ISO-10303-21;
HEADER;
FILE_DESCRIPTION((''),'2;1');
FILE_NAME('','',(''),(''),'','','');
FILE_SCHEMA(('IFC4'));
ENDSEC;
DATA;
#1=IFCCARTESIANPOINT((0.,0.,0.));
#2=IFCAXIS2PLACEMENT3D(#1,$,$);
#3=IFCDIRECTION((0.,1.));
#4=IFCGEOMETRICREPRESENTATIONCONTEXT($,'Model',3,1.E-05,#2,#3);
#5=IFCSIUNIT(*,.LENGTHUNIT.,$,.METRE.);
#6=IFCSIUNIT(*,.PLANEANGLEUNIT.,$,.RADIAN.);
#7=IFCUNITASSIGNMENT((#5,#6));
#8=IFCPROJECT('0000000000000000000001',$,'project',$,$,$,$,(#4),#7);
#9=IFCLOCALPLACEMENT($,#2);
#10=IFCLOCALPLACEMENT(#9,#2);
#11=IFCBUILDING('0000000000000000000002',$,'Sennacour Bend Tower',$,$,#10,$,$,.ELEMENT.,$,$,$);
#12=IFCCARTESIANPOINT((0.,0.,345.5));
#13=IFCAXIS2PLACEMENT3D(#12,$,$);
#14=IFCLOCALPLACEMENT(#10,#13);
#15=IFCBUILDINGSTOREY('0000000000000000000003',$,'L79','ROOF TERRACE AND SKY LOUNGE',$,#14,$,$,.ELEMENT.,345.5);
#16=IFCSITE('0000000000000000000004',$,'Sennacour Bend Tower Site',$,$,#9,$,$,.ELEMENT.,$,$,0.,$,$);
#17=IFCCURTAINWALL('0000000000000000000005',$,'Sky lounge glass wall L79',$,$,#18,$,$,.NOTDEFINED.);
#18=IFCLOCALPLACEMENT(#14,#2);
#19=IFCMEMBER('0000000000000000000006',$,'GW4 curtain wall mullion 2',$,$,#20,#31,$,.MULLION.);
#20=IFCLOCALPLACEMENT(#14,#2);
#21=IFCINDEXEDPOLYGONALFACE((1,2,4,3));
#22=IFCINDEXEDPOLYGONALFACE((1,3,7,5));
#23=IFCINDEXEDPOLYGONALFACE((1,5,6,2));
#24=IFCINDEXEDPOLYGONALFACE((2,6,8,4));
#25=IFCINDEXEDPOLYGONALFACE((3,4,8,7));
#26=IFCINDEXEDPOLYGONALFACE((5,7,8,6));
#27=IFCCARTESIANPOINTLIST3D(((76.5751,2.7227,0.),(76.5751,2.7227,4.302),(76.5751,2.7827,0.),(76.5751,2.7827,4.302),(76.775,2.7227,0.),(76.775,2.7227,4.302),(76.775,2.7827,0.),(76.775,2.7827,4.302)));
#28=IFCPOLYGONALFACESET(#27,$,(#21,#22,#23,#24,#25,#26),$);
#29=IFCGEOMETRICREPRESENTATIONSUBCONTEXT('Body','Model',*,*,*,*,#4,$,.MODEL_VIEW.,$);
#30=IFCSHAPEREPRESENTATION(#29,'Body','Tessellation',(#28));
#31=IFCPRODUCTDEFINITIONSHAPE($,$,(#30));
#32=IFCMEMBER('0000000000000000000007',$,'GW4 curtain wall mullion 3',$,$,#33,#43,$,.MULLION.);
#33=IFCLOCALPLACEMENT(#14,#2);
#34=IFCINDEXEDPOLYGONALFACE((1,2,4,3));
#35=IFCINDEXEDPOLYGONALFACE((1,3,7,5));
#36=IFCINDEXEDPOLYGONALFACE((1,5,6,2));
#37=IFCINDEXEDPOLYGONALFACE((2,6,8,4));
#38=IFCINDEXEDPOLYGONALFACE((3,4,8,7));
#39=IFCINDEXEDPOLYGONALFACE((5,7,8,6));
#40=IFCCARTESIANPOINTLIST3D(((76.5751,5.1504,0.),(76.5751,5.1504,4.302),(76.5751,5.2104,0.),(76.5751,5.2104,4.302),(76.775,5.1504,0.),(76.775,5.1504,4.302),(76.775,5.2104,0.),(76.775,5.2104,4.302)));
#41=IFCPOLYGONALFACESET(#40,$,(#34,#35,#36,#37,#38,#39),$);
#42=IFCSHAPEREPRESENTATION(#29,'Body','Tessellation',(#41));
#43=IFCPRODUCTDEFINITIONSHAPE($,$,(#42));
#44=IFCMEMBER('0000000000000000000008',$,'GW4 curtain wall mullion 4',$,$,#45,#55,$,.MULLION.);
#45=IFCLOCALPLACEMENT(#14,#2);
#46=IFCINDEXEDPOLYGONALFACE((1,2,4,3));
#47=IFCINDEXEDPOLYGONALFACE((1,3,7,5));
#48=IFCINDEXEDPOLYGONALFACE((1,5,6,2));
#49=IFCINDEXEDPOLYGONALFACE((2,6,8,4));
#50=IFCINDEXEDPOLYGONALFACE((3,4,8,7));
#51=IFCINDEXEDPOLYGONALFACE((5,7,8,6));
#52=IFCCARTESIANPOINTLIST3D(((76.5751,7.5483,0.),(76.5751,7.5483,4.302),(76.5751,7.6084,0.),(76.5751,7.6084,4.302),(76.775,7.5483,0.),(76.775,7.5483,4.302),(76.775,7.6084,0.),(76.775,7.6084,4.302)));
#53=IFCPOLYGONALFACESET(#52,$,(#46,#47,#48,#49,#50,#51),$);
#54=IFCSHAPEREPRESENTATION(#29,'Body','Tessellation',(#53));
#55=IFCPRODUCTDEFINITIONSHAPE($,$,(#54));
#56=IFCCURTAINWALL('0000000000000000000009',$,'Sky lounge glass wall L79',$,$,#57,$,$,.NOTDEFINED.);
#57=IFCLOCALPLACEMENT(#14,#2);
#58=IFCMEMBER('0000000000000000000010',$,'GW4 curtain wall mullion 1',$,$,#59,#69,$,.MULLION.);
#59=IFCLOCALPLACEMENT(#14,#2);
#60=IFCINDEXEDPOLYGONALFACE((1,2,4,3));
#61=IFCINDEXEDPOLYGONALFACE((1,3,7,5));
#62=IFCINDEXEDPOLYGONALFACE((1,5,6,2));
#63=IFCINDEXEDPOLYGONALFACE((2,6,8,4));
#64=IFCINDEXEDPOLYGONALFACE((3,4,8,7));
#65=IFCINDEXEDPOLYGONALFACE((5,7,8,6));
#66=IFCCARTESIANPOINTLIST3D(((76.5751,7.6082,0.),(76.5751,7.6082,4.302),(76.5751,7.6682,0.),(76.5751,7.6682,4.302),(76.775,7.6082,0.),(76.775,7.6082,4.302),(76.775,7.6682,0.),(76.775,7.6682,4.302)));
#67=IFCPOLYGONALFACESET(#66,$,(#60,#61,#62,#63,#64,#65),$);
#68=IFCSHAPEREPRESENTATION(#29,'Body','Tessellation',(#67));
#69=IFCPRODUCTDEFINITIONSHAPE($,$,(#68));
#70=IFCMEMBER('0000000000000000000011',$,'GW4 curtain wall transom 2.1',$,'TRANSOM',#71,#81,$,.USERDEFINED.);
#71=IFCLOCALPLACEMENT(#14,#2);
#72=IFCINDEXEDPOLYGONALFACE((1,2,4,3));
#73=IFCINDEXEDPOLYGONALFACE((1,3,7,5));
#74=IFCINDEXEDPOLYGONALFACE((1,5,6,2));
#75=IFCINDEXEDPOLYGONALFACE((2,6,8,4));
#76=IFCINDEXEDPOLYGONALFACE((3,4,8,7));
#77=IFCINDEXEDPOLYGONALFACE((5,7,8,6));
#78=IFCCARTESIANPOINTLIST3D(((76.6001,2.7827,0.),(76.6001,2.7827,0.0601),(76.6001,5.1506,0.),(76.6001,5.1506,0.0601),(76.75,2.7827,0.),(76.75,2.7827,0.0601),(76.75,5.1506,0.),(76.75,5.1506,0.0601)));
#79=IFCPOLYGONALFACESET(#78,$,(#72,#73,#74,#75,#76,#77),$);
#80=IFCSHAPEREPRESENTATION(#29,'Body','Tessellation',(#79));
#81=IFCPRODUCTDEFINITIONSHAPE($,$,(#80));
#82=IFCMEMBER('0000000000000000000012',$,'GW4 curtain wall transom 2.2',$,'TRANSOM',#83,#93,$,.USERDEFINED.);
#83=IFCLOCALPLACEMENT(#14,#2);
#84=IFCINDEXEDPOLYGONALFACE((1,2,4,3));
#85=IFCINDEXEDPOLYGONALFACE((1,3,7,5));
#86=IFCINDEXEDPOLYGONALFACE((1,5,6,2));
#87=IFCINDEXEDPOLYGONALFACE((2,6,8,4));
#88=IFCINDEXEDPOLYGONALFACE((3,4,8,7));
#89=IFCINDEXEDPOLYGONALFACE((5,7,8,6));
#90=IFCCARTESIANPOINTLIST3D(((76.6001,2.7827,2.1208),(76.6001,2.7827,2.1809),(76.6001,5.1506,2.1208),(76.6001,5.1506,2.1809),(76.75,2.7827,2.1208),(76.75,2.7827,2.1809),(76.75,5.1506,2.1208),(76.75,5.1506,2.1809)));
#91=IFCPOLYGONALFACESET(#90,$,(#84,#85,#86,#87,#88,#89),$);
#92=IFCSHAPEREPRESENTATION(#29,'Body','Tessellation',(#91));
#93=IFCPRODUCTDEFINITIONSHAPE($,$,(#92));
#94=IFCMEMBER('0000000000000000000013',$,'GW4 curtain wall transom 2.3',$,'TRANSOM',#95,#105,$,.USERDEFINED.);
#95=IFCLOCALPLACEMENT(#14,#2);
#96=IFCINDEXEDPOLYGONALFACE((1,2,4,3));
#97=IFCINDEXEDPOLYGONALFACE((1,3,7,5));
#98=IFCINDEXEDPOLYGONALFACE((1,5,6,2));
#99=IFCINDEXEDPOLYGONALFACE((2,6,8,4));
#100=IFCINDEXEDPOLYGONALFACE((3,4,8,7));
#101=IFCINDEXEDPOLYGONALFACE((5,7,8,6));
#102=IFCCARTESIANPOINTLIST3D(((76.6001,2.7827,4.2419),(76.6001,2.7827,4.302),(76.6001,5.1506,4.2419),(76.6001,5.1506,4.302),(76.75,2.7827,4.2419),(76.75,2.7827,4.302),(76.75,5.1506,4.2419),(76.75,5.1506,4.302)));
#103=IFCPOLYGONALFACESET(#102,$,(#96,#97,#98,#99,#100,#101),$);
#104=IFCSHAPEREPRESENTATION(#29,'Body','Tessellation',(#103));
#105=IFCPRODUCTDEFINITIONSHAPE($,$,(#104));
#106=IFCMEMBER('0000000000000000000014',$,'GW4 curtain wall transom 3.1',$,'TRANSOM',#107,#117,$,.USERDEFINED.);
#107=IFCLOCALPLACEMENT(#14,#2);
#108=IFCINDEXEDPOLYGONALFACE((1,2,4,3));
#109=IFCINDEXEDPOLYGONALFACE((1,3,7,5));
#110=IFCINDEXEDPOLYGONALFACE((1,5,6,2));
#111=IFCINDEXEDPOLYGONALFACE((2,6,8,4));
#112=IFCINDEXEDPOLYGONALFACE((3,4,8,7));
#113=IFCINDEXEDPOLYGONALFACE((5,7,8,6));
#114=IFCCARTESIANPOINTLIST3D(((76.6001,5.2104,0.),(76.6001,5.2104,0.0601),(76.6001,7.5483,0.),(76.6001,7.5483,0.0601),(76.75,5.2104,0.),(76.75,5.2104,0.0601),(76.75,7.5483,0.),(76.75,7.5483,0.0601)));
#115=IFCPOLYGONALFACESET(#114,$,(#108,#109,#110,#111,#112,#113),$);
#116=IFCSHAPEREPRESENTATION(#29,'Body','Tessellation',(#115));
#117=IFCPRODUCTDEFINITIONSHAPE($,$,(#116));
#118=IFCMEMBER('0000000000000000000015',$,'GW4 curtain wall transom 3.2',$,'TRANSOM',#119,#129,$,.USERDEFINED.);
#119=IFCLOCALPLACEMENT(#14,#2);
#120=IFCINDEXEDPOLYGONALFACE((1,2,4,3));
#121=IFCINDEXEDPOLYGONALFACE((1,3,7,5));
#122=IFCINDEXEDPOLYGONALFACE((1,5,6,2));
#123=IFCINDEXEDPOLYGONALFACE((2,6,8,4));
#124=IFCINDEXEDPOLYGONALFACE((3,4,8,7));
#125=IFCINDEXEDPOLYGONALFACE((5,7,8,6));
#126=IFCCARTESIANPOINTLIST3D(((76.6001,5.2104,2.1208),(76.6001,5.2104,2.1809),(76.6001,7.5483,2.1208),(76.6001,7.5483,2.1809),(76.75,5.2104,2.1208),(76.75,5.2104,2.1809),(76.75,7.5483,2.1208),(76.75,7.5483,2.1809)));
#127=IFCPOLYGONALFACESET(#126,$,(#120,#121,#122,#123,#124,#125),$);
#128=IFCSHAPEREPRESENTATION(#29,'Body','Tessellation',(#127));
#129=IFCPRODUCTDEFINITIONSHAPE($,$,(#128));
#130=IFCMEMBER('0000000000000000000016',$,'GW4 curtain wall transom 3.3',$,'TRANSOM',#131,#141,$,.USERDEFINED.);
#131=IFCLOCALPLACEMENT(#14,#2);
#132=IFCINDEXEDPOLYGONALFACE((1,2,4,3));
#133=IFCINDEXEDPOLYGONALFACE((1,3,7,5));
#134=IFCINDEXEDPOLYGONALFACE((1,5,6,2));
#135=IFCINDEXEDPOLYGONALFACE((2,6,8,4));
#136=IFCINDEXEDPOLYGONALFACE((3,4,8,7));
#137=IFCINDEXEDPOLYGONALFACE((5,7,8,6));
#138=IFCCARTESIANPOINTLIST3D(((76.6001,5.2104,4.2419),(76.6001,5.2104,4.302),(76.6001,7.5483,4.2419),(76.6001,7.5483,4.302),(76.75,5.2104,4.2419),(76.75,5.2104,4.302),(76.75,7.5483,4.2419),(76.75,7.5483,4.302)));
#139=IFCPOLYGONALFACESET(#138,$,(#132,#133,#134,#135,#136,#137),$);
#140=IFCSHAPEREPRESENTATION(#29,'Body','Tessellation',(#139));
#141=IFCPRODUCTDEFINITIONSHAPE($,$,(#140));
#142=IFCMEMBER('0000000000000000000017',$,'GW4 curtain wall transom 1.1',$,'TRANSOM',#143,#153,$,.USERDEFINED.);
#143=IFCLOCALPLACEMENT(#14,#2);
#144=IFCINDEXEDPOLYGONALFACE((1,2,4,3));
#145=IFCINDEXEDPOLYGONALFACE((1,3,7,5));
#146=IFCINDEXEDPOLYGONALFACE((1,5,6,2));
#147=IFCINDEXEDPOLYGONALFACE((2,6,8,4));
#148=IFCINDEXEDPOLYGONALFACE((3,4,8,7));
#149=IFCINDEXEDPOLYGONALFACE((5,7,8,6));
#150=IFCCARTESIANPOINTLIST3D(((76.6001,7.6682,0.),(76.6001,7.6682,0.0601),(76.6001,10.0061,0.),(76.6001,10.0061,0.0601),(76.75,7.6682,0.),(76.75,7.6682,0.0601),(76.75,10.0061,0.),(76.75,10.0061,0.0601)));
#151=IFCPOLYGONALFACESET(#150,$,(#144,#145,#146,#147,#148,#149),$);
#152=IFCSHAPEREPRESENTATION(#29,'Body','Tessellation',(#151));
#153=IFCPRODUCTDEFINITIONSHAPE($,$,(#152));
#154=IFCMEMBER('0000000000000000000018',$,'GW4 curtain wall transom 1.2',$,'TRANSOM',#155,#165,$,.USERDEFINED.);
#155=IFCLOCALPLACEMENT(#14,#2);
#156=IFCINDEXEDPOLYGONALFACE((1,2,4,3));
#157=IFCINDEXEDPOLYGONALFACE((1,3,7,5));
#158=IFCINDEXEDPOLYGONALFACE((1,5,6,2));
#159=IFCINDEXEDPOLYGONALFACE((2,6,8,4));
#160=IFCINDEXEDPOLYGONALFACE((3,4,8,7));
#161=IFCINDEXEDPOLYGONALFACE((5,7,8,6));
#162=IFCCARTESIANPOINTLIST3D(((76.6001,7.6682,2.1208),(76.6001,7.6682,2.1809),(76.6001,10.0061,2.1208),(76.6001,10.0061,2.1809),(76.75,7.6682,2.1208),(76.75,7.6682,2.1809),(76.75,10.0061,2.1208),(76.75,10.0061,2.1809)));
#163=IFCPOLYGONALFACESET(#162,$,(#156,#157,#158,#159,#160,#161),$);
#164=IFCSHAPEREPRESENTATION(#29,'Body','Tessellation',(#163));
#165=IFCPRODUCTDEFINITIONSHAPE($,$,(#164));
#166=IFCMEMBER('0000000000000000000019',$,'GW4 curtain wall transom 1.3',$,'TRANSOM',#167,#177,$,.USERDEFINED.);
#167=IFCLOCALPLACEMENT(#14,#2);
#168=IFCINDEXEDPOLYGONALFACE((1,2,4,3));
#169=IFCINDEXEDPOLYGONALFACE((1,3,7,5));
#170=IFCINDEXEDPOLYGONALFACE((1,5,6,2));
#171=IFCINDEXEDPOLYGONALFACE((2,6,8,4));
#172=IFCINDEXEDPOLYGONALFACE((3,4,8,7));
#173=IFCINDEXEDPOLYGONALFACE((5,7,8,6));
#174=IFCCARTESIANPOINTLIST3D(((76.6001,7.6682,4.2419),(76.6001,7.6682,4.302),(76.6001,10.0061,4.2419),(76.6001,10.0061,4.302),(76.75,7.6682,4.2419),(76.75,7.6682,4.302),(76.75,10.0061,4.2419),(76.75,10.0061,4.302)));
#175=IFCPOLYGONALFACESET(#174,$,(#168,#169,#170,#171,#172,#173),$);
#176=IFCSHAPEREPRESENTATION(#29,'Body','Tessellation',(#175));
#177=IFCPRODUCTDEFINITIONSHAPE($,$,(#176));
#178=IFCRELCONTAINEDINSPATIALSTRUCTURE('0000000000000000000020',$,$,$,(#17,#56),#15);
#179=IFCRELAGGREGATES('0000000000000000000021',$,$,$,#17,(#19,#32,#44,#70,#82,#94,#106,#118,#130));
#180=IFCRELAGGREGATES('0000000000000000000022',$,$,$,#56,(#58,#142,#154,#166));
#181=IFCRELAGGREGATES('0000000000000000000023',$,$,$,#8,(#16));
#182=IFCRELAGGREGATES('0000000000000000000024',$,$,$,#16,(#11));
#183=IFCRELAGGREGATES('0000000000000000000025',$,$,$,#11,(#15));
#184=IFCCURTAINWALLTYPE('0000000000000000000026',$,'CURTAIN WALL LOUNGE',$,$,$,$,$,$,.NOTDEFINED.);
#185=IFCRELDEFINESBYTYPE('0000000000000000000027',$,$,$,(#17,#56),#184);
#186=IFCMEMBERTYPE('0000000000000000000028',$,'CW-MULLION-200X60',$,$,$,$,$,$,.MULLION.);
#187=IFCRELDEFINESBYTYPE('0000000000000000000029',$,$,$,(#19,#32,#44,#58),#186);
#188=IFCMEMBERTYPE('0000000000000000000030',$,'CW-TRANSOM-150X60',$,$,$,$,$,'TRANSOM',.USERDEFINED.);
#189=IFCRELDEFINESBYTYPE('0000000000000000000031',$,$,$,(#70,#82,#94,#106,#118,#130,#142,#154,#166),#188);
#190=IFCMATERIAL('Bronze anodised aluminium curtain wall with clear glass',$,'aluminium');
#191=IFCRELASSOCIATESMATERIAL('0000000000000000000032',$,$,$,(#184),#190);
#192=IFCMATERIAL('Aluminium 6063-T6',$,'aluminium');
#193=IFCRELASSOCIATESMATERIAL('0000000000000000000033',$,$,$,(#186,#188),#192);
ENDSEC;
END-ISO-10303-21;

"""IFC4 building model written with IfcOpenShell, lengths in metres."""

from ifc_helpers import new_model, si_unit, direction, frame, origin, origin_2d, place, context, subcontext, project, spatial, rectangle, extrude, material, material_profile, profile_set, type_object, element, aggregate, save


model = new_model("IFC4")

# Units and contexts
model_context = context("Model", 3, precision=1e-05, world=origin(), true_north=direction((0.0, 1.0)))
body_context = subcontext(model_context, "Body", "Model", "MODEL_VIEW")
ifc_project = project(units=[si_unit("LENGTHUNIT", "METRE"), si_unit("PLANEANGLEUNIT", "RADIAN")], contexts=[model_context])

# Site, building, storey
site_placement = place(None, origin())
site = spatial("IfcSite", under=ifc_project, at=site_placement, Name="Sennacour Bend Tower Site", CompositionType="ELEMENT", RefElevation=0.0)
building_placement = place(site_placement, origin())
building = spatial("IfcBuilding", under=site, at=building_placement, Name="Sennacour Bend Tower", CompositionType="ELEMENT")
storey_placement = place(building_placement, frame((0.0, 0.0, 345.5)))
storey = spatial("IfcBuildingStorey", under=building, at=storey_placement, Name="L79", Description="ROOF TERRACE AND SKY LOUNGE", CompositionType="ELEMENT", Elevation=345.5)

# Curtain wall, members
ifc_material_1 = material(Name="Bronze anodised aluminium curtain wall with clear glass", Category="aluminium")
curtain_wall_type = type_object("IfcCurtainWallType", Name="CURTAIN WALL LOUNGE", PredefinedType="NOTDEFINED", material=ifc_material_1)
curtain_wall_1_placement = place(storey_placement, origin())
curtain_wall_1 = element("IfcCurtainWall", 1, at=curtain_wall_1_placement, inside=storey, type_object=curtain_wall_type, Name="Sky lounge glass wall L79", PredefinedType="NOTDEFINED")
ifc_material_2 = material(Name="Aluminium 6063-T6", Category="aluminium")
ifc_material_profile_1 = material_profile(ifc_material_2, rectangle(XDim=0.2, YDim=0.0601, at=origin_2d()), Name="Aluminium 6063-T6", Category="aluminium")
ifc_profile_set_1 = profile_set([ifc_material_profile_1], Name="Aluminium 6063-T6")
member_type_1 = type_object("IfcMemberType", Name="CW-MULLION-200X60", PredefinedType="MULLION", material=ifc_profile_set_1)
member_1_placement = place(storey_placement, frame((76.675, 2.7527, 0.0), z_axis=(0.0, 0.0, 1.0), x_axis=(-1.0, 0.0, 0.0)))
member_1 = element("IfcMember", 2, at=member_1_placement, type_object=member_type_1, Name="GW4 curtain wall mullion 2", PredefinedType="MULLION", context=body_context, shape_type="SweptSolid", body=[
    extrude(rectangle(XDim=0.2, YDim=0.0601, at=origin_2d()), origin(), (0.0, 0.0, 1.0), 4.302),
])
member_2_placement = place(storey_placement, frame((76.675, 5.1804, 0.0), z_axis=(0.0, 0.0, 1.0), x_axis=(-1.0, 0.0, 0.0)))
member_2 = element("IfcMember", 3, at=member_2_placement, type_object=member_type_1, Name="GW4 curtain wall mullion 3", PredefinedType="MULLION", context=body_context, shape_type="SweptSolid", body=[
    extrude(rectangle(XDim=0.2, YDim=0.0601, at=origin_2d()), origin(), (0.0, 0.0, 1.0), 4.302),
])
member_3_placement = place(storey_placement, frame((76.675, 7.5784, 0.0), z_axis=(0.0, 0.0, 1.0), x_axis=(-1.0, 0.0, 0.0)))
member_3 = element("IfcMember", 4, at=member_3_placement, type_object=member_type_1, Name="GW4 curtain wall mullion 4", PredefinedType="MULLION", context=body_context, shape_type="SweptSolid", body=[
    extrude(rectangle(XDim=0.2, YDim=0.0601, at=origin_2d()), origin(), (0.0, 0.0, 1.0), 4.302),
])

# Curtain wall, member
curtain_wall_2_placement = place(storey_placement, origin())
curtain_wall_2 = element("IfcCurtainWall", 5, at=curtain_wall_2_placement, inside=storey, type_object=curtain_wall_type, Name="Sky lounge glass wall L79", PredefinedType="NOTDEFINED")
member_4_placement = place(storey_placement, frame((76.675, 7.6382, 0.0), z_axis=(0.0, 0.0, 1.0), x_axis=(-1.0, 0.0, 0.0)))
member_4 = element("IfcMember", 6, at=member_4_placement, type_object=member_type_1, Name="GW4 curtain wall mullion 1", PredefinedType="MULLION", context=body_context, shape_type="SweptSolid", body=[
    extrude(rectangle(XDim=0.2, YDim=0.0601, at=origin_2d()), origin(), (0.0, 0.0, 1.0), 4.302),
])

# Members
ifc_material_profile_2 = material_profile(ifc_material_2, rectangle(XDim=0.1499, YDim=0.0601, at=origin_2d()), Name="Aluminium 6063-T6", Category="aluminium")
ifc_profile_set_2 = profile_set([ifc_material_profile_2], Name="Aluminium 6063-T6")
member_type_2 = type_object("IfcMemberType", Name="CW-TRANSOM-150X60", ElementType="TRANSOM", PredefinedType="USERDEFINED", material=ifc_profile_set_2)
member_5_placement = place(storey_placement, frame((76.675, 2.7827, 0.03), z_axis=(0.0, 1.0, 0.0), x_axis=(-1.0, 0.0, 0.0)))
member_5 = element("IfcMember", 7, at=member_5_placement, type_object=member_type_2, Name="GW4 curtain wall transom 2.1", ObjectType="TRANSOM", PredefinedType="USERDEFINED", context=body_context, shape_type="SweptSolid", body=[
    extrude(rectangle(XDim=0.1499, YDim=0.0601, at=origin_2d()), origin(), (0.0, 0.0, 1.0), 2.3679),
])
member_6_placement = place(storey_placement, frame((76.675, 2.7827, 2.1509), z_axis=(0.0, 1.0, 0.0), x_axis=(-1.0, 0.0, 0.0)))
member_6 = element("IfcMember", 8, at=member_6_placement, type_object=member_type_2, Name="GW4 curtain wall transom 2.2", ObjectType="TRANSOM", PredefinedType="USERDEFINED", context=body_context, shape_type="SweptSolid", body=[
    extrude(rectangle(XDim=0.1499, YDim=0.0601, at=origin_2d()), origin(), (0.0, 0.0, 1.0), 2.3679),
])
member_7_placement = place(storey_placement, frame((76.675, 2.7827, 4.272), z_axis=(0.0, 1.0, 0.0), x_axis=(-1.0, 0.0, 0.0)))
member_7 = element("IfcMember", 9, at=member_7_placement, type_object=member_type_2, Name="GW4 curtain wall transom 2.3", ObjectType="TRANSOM", PredefinedType="USERDEFINED", context=body_context, shape_type="SweptSolid", body=[
    extrude(rectangle(XDim=0.1499, YDim=0.0601, at=origin_2d()), origin(), (0.0, 0.0, 1.0), 2.3679),
])
member_8_placement = place(storey_placement, frame((76.675, 5.2104, 0.03), z_axis=(0.0, 1.0, 0.0), x_axis=(-1.0, 0.0, 0.0)))
member_8 = element("IfcMember", 10, at=member_8_placement, type_object=member_type_2, Name="GW4 curtain wall transom 3.1", ObjectType="TRANSOM", PredefinedType="USERDEFINED", context=body_context, shape_type="SweptSolid", body=[
    extrude(rectangle(XDim=0.1499, YDim=0.0601, at=origin_2d()), origin(), (0.0, 0.0, 1.0), 2.3379),
])
member_9_placement = place(storey_placement, frame((76.675, 5.2104, 2.1509), z_axis=(0.0, 1.0, 0.0), x_axis=(-1.0, 0.0, 0.0)))
member_9 = element("IfcMember", 11, at=member_9_placement, type_object=member_type_2, Name="GW4 curtain wall transom 3.2", ObjectType="TRANSOM", PredefinedType="USERDEFINED", context=body_context, shape_type="SweptSolid", body=[
    extrude(rectangle(XDim=0.1499, YDim=0.0601, at=origin_2d()), origin(), (0.0, 0.0, 1.0), 2.3379),
])
member_10_placement = place(storey_placement, frame((76.675, 5.2104, 4.272), z_axis=(0.0, 1.0, 0.0), x_axis=(-1.0, 0.0, 0.0)))
member_10 = element("IfcMember", 12, at=member_10_placement, type_object=member_type_2, Name="GW4 curtain wall transom 3.3", ObjectType="TRANSOM", PredefinedType="USERDEFINED", context=body_context, shape_type="SweptSolid", body=[
    extrude(rectangle(XDim=0.1499, YDim=0.0601, at=origin_2d()), origin(), (0.0, 0.0, 1.0), 2.3379),
])
member_11_placement = place(storey_placement, frame((76.675, 7.6682, 0.03), z_axis=(0.0, 1.0, 0.0), x_axis=(-1.0, 0.0, 0.0)))
member_11 = element("IfcMember", 13, at=member_11_placement, type_object=member_type_2, Name="GW4 curtain wall transom 1.1", ObjectType="TRANSOM", PredefinedType="USERDEFINED", context=body_context, shape_type="SweptSolid", body=[
    extrude(rectangle(XDim=0.1499, YDim=0.0601, at=origin_2d()), origin(), (0.0, 0.0, 1.0), 2.3379),
])
member_12_placement = place(storey_placement, frame((76.675, 7.6682, 2.1509), z_axis=(0.0, 1.0, 0.0), x_axis=(-1.0, 0.0, 0.0)))
member_12 = element("IfcMember", 14, at=member_12_placement, type_object=member_type_2, Name="GW4 curtain wall transom 1.2", ObjectType="TRANSOM", PredefinedType="USERDEFINED", context=body_context, shape_type="SweptSolid", body=[
    extrude(rectangle(XDim=0.1499, YDim=0.0601, at=origin_2d()), origin(), (0.0, 0.0, 1.0), 2.3379),
])
member_13_placement = place(storey_placement, frame((76.675, 7.6682, 4.272), z_axis=(0.0, 1.0, 0.0), x_axis=(-1.0, 0.0, 0.0)))
member_13 = element("IfcMember", 15, at=member_13_placement, type_object=member_type_2, Name="GW4 curtain wall transom 1.3", ObjectType="TRANSOM", PredefinedType="USERDEFINED", context=body_context, shape_type="SweptSolid", body=[
    extrude(rectangle(XDim=0.1499, YDim=0.0601, at=origin_2d()), origin(), (0.0, 0.0, 1.0), 2.3379),
])

aggregate(curtain_wall_1, [member_1, member_2, member_3, member_5, member_6, member_7, member_8, member_9, member_10])
aggregate(curtain_wall_2, [member_4, member_11, member_12, member_13])

save(model, "model.ifc")
